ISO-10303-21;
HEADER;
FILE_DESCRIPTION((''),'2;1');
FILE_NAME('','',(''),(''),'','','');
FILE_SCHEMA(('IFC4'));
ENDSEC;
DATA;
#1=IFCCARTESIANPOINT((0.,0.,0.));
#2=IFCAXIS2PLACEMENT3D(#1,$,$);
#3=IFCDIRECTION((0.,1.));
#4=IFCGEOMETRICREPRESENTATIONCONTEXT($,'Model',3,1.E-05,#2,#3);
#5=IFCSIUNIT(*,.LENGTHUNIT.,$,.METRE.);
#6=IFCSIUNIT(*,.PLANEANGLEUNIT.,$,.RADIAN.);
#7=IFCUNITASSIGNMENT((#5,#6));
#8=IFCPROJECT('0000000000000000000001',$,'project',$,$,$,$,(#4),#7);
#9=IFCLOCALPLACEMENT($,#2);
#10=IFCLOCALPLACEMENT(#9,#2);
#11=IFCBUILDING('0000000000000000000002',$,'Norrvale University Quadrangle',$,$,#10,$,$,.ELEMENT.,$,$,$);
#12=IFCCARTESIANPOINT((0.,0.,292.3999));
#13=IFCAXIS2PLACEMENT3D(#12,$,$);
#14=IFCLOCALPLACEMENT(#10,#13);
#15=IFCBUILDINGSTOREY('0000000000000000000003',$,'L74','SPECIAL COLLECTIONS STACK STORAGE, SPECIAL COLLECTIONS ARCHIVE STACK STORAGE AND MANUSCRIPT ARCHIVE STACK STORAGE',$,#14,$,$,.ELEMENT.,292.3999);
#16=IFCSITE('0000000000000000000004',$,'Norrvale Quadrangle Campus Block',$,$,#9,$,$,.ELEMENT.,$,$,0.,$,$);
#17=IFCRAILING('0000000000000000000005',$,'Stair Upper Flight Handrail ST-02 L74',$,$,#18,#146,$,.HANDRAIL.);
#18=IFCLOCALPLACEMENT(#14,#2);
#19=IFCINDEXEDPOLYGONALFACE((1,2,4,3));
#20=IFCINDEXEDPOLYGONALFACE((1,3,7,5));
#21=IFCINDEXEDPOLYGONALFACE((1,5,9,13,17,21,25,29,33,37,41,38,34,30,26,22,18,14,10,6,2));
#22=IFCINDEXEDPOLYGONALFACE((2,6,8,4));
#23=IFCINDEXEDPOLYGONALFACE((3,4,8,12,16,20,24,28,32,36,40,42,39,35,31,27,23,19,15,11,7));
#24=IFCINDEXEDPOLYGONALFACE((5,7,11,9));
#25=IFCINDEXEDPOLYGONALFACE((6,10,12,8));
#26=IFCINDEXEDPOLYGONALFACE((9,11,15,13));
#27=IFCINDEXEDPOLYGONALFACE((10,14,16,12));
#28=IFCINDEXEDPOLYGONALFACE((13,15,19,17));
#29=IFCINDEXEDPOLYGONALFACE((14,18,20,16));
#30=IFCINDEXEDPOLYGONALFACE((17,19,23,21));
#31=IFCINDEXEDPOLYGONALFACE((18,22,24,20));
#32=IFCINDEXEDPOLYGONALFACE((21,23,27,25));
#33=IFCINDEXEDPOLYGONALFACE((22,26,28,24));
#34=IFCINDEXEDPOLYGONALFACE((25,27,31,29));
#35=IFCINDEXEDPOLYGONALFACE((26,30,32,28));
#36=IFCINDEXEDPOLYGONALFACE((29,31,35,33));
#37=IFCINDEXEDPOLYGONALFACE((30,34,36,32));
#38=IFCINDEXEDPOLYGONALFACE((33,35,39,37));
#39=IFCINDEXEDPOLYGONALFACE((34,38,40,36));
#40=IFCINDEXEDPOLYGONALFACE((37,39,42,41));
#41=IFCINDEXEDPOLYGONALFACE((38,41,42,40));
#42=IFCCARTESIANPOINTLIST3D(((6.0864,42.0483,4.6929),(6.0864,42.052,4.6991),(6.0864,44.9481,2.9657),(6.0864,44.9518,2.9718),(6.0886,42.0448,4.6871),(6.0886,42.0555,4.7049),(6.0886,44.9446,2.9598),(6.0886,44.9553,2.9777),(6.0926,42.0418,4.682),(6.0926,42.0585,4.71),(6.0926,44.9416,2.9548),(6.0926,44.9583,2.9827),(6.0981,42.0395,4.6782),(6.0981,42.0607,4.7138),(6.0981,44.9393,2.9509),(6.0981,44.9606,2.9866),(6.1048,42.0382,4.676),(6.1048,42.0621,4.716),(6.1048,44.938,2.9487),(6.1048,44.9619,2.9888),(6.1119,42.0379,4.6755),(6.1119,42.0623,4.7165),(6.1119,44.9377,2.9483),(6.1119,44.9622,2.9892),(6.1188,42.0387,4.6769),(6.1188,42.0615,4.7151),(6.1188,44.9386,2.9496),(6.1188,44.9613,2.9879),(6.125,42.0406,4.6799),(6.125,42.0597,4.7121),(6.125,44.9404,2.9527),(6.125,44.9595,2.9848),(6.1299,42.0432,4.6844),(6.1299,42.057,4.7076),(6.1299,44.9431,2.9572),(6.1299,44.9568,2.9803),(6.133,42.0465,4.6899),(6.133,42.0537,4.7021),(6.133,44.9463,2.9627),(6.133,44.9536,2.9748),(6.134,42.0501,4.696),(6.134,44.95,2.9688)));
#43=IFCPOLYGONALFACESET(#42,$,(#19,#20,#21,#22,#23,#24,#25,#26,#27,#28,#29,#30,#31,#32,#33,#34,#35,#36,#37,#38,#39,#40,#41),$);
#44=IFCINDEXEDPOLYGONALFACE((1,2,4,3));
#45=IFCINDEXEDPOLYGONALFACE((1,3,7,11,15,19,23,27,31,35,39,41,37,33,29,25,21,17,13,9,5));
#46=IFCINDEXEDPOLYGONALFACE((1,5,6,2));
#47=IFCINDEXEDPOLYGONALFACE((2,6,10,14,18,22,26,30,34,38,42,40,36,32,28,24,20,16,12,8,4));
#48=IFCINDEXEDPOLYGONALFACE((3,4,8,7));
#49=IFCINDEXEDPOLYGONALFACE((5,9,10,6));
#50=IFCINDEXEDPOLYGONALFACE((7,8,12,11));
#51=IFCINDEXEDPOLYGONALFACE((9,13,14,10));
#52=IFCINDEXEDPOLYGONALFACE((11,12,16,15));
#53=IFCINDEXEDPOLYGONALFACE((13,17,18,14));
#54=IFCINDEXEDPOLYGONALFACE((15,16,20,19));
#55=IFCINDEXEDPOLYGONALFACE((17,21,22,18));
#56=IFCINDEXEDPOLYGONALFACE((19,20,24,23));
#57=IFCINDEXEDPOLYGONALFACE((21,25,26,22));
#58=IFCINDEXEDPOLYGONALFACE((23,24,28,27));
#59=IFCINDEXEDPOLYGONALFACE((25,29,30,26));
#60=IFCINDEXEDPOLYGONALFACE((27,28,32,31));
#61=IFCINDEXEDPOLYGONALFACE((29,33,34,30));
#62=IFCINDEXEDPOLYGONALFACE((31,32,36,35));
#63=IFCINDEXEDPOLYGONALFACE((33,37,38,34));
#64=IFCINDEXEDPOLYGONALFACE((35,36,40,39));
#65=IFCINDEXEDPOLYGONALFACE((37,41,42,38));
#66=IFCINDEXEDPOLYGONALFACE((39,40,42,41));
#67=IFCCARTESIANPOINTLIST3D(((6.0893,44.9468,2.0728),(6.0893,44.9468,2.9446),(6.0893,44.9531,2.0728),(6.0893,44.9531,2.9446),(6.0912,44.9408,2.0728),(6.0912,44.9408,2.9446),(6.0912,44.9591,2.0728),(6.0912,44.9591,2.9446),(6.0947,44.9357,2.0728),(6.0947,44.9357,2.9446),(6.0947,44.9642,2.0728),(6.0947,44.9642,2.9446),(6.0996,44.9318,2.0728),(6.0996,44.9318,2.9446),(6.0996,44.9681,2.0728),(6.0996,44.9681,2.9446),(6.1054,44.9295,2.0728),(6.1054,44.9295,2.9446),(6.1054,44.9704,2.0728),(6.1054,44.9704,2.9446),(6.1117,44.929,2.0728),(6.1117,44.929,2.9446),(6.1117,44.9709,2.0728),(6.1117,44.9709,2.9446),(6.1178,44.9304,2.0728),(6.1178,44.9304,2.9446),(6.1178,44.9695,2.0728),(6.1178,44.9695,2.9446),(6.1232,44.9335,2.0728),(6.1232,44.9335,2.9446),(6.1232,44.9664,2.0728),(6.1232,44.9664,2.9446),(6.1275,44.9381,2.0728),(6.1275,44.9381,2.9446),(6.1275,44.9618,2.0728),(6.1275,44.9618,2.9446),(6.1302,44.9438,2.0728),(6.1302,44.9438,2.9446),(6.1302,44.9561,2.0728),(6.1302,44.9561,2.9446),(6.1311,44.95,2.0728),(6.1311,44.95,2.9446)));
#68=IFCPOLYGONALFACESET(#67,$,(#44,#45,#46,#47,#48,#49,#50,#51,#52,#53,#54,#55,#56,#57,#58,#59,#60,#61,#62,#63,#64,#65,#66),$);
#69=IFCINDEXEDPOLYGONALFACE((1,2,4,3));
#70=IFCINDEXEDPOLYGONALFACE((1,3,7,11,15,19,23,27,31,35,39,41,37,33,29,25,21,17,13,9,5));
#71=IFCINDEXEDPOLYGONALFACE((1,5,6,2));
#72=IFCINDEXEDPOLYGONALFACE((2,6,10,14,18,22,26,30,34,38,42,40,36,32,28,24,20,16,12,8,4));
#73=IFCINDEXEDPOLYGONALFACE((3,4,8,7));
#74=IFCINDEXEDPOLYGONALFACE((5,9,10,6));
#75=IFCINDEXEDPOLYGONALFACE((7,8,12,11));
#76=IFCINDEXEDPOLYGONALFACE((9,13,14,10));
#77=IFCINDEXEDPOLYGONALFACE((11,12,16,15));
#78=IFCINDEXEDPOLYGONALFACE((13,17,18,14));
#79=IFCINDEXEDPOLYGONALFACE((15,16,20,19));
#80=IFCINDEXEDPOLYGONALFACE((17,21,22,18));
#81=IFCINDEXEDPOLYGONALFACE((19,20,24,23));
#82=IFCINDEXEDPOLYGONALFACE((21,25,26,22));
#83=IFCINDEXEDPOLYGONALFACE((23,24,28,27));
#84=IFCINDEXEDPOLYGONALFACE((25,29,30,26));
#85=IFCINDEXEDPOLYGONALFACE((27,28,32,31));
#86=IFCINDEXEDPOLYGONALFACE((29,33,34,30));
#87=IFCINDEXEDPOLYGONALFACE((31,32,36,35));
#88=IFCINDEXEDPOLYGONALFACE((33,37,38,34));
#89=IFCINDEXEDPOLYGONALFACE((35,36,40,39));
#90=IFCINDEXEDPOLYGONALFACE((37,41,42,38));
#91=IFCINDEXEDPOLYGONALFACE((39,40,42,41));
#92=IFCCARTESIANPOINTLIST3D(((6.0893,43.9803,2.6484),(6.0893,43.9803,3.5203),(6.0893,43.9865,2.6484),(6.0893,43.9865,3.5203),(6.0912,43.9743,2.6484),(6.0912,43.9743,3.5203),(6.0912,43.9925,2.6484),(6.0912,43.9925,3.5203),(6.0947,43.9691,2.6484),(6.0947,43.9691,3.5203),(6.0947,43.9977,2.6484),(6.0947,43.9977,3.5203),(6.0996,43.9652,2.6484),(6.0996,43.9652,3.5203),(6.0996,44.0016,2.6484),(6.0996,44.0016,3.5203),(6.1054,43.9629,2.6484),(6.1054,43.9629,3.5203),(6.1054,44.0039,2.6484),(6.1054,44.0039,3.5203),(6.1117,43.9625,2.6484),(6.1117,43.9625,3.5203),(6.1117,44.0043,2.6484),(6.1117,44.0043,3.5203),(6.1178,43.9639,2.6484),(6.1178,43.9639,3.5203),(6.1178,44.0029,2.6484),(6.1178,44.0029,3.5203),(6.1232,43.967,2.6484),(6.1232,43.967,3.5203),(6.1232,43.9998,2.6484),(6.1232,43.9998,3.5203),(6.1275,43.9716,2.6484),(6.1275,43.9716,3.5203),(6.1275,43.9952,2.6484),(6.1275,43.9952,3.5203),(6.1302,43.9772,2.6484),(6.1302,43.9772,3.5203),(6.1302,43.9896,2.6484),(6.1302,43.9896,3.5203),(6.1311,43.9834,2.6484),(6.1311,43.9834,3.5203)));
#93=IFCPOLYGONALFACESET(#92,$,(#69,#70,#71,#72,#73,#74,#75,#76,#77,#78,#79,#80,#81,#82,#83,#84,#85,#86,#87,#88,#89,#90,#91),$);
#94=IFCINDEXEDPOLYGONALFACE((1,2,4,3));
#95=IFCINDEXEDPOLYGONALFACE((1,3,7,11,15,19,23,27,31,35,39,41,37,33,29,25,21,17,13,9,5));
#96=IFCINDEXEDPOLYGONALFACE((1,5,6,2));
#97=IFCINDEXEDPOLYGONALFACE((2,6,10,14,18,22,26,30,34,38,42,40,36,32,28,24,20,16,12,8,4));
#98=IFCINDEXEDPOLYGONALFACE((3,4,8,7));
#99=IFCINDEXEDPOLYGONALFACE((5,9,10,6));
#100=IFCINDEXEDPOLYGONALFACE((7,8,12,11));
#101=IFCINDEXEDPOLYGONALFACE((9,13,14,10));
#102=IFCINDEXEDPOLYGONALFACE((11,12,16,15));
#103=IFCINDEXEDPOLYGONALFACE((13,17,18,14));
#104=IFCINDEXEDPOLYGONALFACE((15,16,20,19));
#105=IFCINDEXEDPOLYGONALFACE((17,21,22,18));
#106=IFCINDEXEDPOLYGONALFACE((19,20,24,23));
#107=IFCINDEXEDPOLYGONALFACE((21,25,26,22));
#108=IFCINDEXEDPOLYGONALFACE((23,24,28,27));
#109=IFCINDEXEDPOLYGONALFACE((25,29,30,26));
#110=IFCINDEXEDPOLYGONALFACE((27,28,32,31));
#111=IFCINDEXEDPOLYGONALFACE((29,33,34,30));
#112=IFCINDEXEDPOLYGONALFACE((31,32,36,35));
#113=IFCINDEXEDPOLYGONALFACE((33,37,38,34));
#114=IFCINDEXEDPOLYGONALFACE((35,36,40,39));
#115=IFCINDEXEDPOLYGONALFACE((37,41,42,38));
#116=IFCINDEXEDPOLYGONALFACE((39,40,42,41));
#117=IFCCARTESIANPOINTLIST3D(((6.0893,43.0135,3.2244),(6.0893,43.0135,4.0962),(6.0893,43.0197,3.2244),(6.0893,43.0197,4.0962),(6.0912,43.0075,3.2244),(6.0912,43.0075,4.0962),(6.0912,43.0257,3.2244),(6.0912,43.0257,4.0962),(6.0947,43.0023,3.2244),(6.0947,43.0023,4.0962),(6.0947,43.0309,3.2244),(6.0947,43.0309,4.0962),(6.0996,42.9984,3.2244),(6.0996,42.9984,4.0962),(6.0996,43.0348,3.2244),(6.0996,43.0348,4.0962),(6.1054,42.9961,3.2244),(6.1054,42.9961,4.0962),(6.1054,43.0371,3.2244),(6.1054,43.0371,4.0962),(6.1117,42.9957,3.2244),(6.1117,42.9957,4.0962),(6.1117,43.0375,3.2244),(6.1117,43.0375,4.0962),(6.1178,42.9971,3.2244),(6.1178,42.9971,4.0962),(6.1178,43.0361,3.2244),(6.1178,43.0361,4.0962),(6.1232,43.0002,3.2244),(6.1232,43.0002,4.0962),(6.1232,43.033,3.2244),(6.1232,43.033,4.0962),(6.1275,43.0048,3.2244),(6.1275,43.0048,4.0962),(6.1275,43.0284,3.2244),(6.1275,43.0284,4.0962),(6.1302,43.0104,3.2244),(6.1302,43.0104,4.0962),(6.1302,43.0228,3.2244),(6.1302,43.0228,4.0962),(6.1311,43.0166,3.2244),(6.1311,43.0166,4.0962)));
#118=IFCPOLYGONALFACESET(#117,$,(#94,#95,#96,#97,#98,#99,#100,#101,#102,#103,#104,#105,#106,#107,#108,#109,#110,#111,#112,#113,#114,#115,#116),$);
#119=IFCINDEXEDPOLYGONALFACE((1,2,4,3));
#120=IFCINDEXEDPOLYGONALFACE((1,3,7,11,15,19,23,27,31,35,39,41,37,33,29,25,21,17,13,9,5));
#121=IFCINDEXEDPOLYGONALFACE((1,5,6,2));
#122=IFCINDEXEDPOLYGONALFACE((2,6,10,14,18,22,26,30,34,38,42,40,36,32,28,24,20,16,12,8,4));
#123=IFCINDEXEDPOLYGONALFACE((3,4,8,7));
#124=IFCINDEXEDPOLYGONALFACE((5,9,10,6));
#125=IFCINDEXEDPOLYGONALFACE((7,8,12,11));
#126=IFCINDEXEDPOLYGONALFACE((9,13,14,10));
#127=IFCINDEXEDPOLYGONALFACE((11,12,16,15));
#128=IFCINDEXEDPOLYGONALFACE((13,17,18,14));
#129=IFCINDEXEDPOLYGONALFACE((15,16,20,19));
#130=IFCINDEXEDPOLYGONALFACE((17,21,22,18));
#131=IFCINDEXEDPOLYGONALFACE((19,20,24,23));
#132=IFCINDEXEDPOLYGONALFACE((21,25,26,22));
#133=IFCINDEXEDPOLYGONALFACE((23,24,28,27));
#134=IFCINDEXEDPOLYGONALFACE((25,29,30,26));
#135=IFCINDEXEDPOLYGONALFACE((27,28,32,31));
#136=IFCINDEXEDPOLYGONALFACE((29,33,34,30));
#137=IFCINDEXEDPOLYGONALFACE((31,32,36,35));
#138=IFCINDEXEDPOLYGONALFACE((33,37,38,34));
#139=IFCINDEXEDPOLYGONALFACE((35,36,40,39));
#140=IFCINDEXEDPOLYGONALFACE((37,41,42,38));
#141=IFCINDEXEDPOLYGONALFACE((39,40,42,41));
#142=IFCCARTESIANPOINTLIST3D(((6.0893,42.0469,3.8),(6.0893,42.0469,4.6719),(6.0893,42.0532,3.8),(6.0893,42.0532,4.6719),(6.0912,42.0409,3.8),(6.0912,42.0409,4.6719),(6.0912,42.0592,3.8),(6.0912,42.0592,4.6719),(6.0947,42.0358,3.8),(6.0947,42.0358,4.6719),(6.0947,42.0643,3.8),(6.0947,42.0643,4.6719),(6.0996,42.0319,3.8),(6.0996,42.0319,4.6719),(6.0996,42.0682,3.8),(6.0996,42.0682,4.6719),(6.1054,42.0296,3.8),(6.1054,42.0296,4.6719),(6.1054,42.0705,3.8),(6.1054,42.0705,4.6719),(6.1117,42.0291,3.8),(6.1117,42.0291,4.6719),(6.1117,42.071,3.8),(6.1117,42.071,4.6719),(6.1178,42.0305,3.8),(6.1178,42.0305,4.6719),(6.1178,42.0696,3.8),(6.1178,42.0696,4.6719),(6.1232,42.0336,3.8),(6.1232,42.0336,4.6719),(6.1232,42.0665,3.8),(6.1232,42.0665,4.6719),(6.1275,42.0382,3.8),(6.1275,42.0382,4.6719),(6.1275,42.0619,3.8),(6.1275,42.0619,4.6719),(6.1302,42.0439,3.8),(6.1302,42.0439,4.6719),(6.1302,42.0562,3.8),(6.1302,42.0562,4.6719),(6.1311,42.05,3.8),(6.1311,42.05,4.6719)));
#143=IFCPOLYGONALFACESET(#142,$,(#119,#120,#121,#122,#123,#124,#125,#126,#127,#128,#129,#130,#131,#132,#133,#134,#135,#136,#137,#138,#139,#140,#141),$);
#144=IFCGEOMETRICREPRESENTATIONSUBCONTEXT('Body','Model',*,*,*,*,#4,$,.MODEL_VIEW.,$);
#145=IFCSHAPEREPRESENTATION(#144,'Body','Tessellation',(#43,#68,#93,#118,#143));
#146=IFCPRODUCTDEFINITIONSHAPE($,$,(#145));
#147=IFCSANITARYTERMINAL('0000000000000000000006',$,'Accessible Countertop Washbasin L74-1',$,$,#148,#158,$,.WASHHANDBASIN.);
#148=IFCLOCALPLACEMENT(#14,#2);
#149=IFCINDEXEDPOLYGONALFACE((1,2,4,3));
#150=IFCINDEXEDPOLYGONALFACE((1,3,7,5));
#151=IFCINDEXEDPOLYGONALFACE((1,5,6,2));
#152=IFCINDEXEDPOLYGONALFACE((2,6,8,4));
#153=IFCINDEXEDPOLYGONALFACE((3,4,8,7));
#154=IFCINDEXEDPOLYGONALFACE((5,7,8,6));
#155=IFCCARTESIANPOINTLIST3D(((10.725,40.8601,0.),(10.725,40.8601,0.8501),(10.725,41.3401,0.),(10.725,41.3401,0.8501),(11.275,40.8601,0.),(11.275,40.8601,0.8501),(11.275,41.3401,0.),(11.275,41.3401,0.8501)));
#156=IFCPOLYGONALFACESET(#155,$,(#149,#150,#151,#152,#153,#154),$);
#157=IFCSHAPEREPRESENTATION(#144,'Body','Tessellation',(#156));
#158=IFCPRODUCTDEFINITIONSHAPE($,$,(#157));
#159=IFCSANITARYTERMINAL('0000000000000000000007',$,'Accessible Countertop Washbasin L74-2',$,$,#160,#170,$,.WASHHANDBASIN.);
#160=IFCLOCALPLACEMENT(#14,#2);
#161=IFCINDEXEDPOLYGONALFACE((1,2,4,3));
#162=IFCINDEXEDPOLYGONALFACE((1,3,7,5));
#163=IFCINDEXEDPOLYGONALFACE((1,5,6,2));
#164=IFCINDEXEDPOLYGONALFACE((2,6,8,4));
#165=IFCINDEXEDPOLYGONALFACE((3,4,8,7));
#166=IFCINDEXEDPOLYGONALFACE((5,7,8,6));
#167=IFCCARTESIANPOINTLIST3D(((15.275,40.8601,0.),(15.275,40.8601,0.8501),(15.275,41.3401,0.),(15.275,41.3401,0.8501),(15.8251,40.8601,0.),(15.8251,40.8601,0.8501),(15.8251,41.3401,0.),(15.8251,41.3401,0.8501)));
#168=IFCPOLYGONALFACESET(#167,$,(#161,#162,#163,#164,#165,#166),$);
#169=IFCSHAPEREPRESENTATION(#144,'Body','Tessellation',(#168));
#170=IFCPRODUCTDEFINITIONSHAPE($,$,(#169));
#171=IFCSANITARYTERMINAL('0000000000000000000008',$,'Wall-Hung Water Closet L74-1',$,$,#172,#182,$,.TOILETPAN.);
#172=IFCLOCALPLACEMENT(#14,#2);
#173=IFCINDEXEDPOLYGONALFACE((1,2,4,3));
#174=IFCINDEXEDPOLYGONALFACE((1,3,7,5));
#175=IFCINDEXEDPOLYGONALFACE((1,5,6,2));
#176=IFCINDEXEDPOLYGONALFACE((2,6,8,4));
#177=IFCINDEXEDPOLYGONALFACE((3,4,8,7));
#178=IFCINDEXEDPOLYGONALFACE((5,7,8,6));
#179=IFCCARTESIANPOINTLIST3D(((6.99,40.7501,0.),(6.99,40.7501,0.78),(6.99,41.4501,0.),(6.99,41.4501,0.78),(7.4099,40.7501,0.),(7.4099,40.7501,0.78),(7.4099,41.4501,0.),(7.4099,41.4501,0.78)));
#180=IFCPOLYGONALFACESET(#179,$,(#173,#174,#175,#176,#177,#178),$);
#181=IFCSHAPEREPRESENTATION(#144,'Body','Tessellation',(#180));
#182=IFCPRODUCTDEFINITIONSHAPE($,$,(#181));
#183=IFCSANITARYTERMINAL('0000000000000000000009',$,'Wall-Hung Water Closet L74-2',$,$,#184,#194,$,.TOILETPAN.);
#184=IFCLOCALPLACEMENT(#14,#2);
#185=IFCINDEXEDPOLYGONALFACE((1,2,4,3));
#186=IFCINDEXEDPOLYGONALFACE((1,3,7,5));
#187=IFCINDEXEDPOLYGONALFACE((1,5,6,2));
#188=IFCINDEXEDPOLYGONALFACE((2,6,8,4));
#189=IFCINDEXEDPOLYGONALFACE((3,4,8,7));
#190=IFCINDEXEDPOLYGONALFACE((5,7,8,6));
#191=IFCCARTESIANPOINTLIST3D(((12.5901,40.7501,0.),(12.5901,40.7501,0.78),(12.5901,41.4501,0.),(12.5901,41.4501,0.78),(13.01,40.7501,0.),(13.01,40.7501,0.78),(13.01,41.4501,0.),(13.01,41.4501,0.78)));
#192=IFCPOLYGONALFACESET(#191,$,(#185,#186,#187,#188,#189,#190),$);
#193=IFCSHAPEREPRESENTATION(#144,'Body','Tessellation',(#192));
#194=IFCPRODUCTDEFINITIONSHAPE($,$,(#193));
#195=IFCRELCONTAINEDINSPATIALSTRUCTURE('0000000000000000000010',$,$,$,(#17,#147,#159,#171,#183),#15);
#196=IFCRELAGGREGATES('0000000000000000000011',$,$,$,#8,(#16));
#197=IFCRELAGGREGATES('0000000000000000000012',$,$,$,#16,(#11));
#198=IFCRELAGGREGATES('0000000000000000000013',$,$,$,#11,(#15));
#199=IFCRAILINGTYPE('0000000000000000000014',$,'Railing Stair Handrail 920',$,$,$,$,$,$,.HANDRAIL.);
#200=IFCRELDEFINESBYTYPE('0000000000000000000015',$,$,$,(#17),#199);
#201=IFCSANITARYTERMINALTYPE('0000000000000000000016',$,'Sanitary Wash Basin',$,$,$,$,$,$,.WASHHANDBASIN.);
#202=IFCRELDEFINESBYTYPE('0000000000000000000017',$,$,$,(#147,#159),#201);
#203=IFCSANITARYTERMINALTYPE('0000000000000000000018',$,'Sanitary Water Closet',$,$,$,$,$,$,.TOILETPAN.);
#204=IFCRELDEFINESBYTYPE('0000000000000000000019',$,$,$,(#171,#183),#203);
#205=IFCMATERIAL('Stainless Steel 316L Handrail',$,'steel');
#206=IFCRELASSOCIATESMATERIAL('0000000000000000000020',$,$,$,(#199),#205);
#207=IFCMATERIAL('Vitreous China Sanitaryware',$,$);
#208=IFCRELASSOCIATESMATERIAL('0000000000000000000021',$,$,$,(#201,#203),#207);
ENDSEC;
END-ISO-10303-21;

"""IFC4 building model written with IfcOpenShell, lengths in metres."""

from ifc_helpers import new_model, si_unit, direction, frame, origin, origin_2d, place, context, subcontext, project, spatial, rectangle, circle, extrude, material, type_object, element, save


model = new_model("IFC4")

# Units and contexts
model_context = context("Model", 3, precision=1e-05, world=origin(), true_north=direction((0.0, 1.0)))
body_context = subcontext(model_context, "Body", "Model", "MODEL_VIEW")
ifc_project = project(units=[si_unit("LENGTHUNIT", "METRE"), si_unit("PLANEANGLEUNIT", "RADIAN")], contexts=[model_context])

# Site, building, storey
site_placement = place(None, origin())
site = spatial("IfcSite", under=ifc_project, at=site_placement, Name="Norrvale Quadrangle Campus Block", CompositionType="ELEMENT", RefElevation=0.0)
building_placement = place(site_placement, origin())
building = spatial("IfcBuilding", under=site, at=building_placement, Name="Norrvale University Quadrangle", CompositionType="ELEMENT")
storey_placement = place(building_placement, frame((0.0, 0.0, 292.3999)))
storey = spatial("IfcBuildingStorey", under=building, at=storey_placement, Name="L74", Description="SPECIAL COLLECTIONS STACK STORAGE, SPECIAL COLLECTIONS ARCHIVE STACK STORAGE AND MANUSCRIPT ARCHIVE STACK STORAGE", CompositionType="ELEMENT", Elevation=292.3999)

# Railing
ifc_material_1 = material(Name="Stainless Steel 316L Handrail", Category="steel")
railing_type_1 = type_object("IfcRailingType", Name="Railing Stair Handrail 920", PredefinedType="HANDRAIL", material=ifc_material_1)
railing_1_placement = place(storey_placement, frame((6.1101, 44.95, 2.0728)))
element("IfcRailing", 1, at=railing_1_placement, inside=storey, type_object=railing_type_1, Name="Stair Upper Flight Handrail ST-02 L74", PredefinedType="HANDRAIL", context=body_context, shape_type="SweptSolid", body=[
    extrude(circle(Radius=0.0239, at=origin_2d()), frame((0.0, 0.0, 0.896), z_axis=(0.0, -0.859141, 0.511738), x_axis=(1.0, 0.0, 0.0)), (0.0, 0.0, 1.0), 3.3752),
    extrude(circle(Radius=0.021, at=origin_2d()), origin(), (0.0, 0.0, 1.0), 0.8718),
    extrude(circle(Radius=0.021, at=origin_2d()), frame((0.0, -0.9666, 0.5757)), (0.0, 0.0, 1.0), 0.8718),
    extrude(circle(Radius=0.021, at=origin_2d()), frame((0.0, -1.9333, 1.1516)), (0.0, 0.0, 1.0), 0.8718),
    extrude(circle(Radius=0.021, at=origin_2d()), frame((0.0, -2.8999, 1.7273)), (0.0, 0.0, 1.0), 0.8718),
])

# Sanitary terminals
ifc_material_2 = material(Name="Vitreous China Sanitaryware")
sanitary_terminal_type_1 = type_object("IfcSanitaryTerminalType", Name="Sanitary Wash Basin", PredefinedType="WASHHANDBASIN", material=ifc_material_2)
for number, where, z_axis, x_axis, name in (
    (2, (11.0, 41.1001, 0.0), (0.0, 0.0, 1.0), (1.0, 0.0, 0.0), "Accessible Countertop Washbasin L74-1"),
    (3, (15.55, 41.1001, 0.0), (0.0, 0.0, 1.0), (1.0, 0.0, 0.0), "Accessible Countertop Washbasin L74-2"),
):
    element("IfcSanitaryTerminal", number, at=place(storey_placement, frame(where, z_axis=z_axis, x_axis=x_axis)), inside=storey, type_object=sanitary_terminal_type_1, Name=name, PredefinedType="WASHHANDBASIN", context=body_context, shape_type="SweptSolid", body=[
        extrude(rectangle(XDim=0.55, YDim=0.48, at=origin_2d()), origin(), (0.0, 0.0, 1.0), 0.8501),
    ])
sanitary_terminal_type_2 = type_object("IfcSanitaryTerminalType", Name="Sanitary Water Closet", PredefinedType="TOILETPAN", material=ifc_material_2)
for number, where, z_axis, x_axis, name in (
    (4, (7.2, 41.1001, 0.0), (0.0, 0.0, 1.0), (1.0, 0.0, 0.0), "Wall-Hung Water Closet L74-1"),
    (5, (12.8, 41.1001, 0.0), (0.0, 0.0, 1.0), (1.0, 0.0, 0.0), "Wall-Hung Water Closet L74-2"),
):
    element("IfcSanitaryTerminal", number, at=place(storey_placement, frame(where, z_axis=z_axis, x_axis=x_axis)), inside=storey, type_object=sanitary_terminal_type_2, Name=name, PredefinedType="TOILETPAN", context=body_context, shape_type="SweptSolid", body=[
        extrude(rectangle(XDim=0.4199, YDim=0.7, at=origin_2d()), origin(), (0.0, 0.0, 1.0), 0.78),
    ])

save(model, "model.ifc")
